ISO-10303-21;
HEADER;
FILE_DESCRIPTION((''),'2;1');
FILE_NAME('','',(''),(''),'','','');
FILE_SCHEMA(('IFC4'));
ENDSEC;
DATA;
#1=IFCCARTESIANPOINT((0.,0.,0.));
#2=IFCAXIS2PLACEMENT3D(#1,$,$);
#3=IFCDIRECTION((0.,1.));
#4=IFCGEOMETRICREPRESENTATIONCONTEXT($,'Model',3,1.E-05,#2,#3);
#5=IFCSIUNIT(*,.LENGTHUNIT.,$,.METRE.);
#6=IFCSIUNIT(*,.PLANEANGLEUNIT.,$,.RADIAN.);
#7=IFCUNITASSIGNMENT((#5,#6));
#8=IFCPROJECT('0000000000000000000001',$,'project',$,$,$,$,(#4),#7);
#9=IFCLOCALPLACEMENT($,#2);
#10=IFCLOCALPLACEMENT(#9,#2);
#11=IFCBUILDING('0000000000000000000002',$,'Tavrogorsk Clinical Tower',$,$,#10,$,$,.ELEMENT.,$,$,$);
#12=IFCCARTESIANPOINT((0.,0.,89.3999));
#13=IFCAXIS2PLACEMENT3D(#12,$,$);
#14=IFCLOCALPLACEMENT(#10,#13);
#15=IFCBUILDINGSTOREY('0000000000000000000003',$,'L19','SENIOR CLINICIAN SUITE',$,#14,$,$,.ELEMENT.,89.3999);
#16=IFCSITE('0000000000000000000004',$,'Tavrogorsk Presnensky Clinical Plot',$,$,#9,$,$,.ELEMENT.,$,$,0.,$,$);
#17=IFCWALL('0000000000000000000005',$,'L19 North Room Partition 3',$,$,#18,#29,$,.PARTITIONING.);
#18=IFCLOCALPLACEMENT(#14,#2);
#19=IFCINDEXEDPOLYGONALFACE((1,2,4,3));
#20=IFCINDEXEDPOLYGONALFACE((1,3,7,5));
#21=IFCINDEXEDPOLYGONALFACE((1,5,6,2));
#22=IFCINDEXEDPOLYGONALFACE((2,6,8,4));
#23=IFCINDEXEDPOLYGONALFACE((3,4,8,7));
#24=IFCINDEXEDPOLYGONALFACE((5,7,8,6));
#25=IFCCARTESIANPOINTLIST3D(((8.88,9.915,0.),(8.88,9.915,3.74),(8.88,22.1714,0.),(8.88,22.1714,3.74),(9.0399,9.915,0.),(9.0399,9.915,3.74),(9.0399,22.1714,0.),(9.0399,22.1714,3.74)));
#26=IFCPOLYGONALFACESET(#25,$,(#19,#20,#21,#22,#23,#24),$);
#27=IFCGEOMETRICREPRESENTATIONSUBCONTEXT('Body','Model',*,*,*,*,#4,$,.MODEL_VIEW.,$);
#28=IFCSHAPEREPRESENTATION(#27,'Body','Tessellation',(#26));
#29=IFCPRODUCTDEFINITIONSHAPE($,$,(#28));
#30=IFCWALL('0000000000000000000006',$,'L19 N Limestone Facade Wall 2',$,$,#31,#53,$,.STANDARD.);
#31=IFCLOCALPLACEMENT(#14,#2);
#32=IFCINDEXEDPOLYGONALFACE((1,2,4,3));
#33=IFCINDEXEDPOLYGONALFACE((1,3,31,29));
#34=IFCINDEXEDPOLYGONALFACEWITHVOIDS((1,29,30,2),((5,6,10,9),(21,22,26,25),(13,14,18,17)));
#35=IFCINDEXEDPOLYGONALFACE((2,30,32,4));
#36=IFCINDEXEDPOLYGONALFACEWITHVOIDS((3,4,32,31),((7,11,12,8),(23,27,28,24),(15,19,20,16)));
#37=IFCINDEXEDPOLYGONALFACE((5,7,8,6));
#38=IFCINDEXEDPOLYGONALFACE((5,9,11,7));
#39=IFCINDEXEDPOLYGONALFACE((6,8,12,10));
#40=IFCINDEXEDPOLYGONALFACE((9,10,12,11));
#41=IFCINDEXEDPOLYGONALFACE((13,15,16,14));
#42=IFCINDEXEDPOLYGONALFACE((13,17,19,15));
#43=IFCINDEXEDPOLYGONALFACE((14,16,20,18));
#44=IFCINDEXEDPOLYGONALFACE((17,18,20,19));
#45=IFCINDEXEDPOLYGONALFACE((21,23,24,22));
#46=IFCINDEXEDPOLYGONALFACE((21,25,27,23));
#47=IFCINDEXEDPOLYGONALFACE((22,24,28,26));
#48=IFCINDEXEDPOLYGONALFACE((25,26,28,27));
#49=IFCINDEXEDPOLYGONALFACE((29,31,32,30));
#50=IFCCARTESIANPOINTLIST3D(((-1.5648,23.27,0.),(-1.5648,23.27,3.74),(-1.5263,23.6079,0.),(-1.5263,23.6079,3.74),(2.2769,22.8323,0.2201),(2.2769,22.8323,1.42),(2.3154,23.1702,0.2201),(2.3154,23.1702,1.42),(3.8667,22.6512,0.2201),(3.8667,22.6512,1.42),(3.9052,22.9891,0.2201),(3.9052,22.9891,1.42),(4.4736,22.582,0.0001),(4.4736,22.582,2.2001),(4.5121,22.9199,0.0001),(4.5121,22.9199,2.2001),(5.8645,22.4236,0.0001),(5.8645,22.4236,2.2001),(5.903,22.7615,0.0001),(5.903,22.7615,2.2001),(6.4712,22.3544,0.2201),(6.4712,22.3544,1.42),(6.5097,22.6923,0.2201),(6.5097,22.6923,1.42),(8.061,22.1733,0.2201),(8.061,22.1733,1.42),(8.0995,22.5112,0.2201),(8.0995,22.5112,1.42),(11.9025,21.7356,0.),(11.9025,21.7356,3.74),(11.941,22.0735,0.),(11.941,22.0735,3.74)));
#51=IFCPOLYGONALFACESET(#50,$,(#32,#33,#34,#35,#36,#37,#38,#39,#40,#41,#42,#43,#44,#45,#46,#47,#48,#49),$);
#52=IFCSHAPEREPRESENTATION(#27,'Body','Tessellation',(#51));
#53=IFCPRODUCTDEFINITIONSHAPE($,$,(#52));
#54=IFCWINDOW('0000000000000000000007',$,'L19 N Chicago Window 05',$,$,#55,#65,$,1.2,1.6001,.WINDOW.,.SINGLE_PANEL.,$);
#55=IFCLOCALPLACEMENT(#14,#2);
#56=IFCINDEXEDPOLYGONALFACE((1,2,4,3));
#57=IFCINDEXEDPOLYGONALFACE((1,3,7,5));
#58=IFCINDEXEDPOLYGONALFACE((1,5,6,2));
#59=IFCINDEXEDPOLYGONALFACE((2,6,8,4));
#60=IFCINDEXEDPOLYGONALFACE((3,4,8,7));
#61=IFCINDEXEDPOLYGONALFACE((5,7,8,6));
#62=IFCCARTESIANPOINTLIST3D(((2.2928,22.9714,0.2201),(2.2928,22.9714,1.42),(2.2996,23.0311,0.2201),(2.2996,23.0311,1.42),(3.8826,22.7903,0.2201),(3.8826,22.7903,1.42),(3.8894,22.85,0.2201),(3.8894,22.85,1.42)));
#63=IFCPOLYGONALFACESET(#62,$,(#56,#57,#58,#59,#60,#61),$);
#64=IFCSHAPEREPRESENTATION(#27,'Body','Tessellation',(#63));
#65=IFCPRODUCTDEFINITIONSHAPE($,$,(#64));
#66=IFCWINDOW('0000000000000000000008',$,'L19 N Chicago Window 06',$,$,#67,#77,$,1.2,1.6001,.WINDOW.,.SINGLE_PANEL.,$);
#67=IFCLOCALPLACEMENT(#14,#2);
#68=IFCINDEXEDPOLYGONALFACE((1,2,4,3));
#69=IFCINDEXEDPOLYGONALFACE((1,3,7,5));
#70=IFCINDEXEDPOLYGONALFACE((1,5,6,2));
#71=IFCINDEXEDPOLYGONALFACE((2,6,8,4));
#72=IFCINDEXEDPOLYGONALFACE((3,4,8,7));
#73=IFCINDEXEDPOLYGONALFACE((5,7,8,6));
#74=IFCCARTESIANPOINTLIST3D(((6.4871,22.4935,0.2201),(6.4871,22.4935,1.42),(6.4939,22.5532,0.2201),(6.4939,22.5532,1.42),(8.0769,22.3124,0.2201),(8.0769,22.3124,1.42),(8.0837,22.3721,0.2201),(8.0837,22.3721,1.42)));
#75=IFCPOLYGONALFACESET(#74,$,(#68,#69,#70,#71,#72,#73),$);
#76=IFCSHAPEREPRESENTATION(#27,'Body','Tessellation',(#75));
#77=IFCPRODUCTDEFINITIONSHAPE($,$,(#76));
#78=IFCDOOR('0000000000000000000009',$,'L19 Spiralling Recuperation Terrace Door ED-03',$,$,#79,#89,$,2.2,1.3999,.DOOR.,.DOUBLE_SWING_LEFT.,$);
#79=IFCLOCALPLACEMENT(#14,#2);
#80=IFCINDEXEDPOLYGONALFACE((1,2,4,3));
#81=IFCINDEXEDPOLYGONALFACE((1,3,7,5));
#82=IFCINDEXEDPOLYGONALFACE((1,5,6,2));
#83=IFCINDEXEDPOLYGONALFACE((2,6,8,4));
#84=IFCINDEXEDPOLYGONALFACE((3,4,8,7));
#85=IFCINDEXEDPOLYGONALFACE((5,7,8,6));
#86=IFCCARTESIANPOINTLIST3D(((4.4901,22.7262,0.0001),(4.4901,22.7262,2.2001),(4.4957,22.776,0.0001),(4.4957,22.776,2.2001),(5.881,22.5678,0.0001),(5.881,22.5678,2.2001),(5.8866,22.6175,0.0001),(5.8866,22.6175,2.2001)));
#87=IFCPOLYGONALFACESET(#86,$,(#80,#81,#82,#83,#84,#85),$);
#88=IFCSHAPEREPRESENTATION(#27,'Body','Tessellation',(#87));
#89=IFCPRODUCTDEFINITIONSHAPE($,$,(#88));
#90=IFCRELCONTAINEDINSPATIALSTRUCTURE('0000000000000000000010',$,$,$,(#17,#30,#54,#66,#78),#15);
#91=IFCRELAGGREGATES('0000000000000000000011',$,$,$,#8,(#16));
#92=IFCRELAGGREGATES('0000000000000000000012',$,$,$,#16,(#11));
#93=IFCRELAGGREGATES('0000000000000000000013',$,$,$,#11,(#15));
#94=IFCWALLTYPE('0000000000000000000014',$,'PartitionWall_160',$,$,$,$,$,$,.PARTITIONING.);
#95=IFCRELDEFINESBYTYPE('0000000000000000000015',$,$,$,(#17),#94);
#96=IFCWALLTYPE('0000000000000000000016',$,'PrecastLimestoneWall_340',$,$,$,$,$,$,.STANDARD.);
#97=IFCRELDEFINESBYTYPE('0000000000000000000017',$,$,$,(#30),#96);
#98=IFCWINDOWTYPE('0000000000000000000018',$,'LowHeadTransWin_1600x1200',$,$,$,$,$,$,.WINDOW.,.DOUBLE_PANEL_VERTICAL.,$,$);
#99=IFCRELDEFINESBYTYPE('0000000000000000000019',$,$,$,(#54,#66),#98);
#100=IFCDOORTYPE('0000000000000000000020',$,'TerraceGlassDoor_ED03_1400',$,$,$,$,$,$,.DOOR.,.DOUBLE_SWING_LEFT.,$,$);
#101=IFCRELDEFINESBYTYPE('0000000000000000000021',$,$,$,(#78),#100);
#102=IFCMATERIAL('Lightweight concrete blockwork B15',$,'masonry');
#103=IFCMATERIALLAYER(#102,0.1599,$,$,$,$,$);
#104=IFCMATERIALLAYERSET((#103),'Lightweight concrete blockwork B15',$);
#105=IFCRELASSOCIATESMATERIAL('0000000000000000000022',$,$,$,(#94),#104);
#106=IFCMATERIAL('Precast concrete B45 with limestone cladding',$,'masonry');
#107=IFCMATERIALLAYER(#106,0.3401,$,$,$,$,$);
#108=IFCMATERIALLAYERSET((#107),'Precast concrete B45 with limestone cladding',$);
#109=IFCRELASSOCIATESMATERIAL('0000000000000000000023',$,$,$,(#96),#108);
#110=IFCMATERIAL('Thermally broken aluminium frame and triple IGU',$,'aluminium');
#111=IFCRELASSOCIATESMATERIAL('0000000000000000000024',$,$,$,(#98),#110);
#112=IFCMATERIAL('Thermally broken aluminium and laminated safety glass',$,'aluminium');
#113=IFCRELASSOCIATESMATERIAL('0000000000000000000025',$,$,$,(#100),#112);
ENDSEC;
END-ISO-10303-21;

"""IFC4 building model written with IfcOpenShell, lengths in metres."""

from ifc_helpers import new_model, si_unit, direction, frame, frame_2d, origin, place, context, subcontext, project, spatial, rectangle, extrude, material, layer, layer_set, type_object, element, fill, save


model = new_model("IFC4")

# Units and contexts
model_context = context("Model", 3, precision=1e-05, world=origin(), true_north=direction((0.0, 1.0)))
body_context = subcontext(model_context, "Body", "Model", "MODEL_VIEW")
ifc_project = project(units=[si_unit("LENGTHUNIT", "METRE"), si_unit("PLANEANGLEUNIT", "RADIAN")], contexts=[model_context])

# Site, building, storey
site_placement = place(None, origin())
site = spatial("IfcSite", under=ifc_project, at=site_placement, Name="Tavrogorsk Presnensky Clinical Plot", CompositionType="ELEMENT", RefElevation=0.0)
building_placement = place(site_placement, origin())
building = spatial("IfcBuilding", under=site, at=building_placement, Name="Tavrogorsk Clinical Tower", CompositionType="ELEMENT")
storey_placement = place(building_placement, frame((0.0, 0.0, 89.3999)))
storey = spatial("IfcBuildingStorey", under=building, at=storey_placement, Name="L19", Description="SENIOR CLINICIAN SUITE", CompositionType="ELEMENT", Elevation=89.3999)

# Shared definitions
ifc_material_1 = material(Name="Lightweight concrete blockwork B15", Category="masonry")
ifc_layer_1 = layer(ifc_material_1, 0.1599)
ifc_layer_set_1 = layer_set([ifc_layer_1], Name="Lightweight concrete blockwork B15")
wall_type_1 = type_object("IfcWallType", Name="PartitionWall_160", PredefinedType="PARTITIONING", material=ifc_layer_set_1)

# Wall
wall_1_placement = place(storey_placement, frame((8.96, 9.915, 0.0), z_axis=(0.0, 0.0, 1.0), x_axis=(0.0, 1.0, 0.0)))
element("IfcWall", 1, at=wall_1_placement, inside=storey, type_object=wall_type_1, Name="L19 North Room Partition 3", PredefinedType="PARTITIONING", context=body_context, shape_type="SweptSolid", body=[
    extrude(rectangle(XDim=12.2563, YDim=0.1599, at=frame_2d((6.1282, 0.0))), origin(), (0.0, 0.0, 1.0), 3.74),
])

# Wall, openings, windows, door
ifc_material_2 = material(Name="Precast concrete B45 with limestone cladding", Category="masonry")
ifc_layer_2 = layer(ifc_material_2, 0.3401)
ifc_layer_set_2 = layer_set([ifc_layer_2], Name="Precast concrete B45 with limestone cladding")
wall_type_2 = type_object("IfcWallType", Name="PrecastLimestoneWall_340", PredefinedType="STANDARD", material=ifc_layer_set_2)
wall_2_placement = place(storey_placement, frame((11.9219, 21.9045, 0.0), z_axis=(0.0, 0.0, 1.0), x_axis=(-0.993572, 0.113205, 0.0)))
wall_2 = element("IfcWall", 2, at=wall_2_placement, inside=storey, type_object=wall_type_2, Name="L19 N Limestone Facade Wall 2", PredefinedType="STANDARD", context=body_context, shape_type="SweptSolid", body=[
    extrude(rectangle(XDim=13.5544, YDim=0.3401, at=frame_2d((6.7773, 0.0))), origin(), (0.0, 0.0, 1.0), 3.74),
])
opening_1_placement = place(wall_2_placement, frame((6.0771, 0.0, 0.0)))
opening_1 = element("IfcOpeningElement", 3, at=opening_1_placement, cuts=wall_2, PredefinedType="OPENING", context=body_context, shape_type="SweptSolid", body=[
    extrude(rectangle(XDim=1.3999, YDim=2.2, at=frame_2d((0.7, 1.1001))), frame((0.0, 0.1799, 0.0), z_axis=(0.0, -1.0, 0.0), x_axis=(1.0, 0.0, 0.0)), (0.0, 0.0, 1.0), 0.3601),
])
opening_2_placement = place(wall_2_placement, frame((8.0879, 0.0, 0.22)))
opening_2 = element("IfcOpeningElement", 4, at=opening_2_placement, cuts=wall_2, PredefinedType="OPENING", context=body_context, shape_type="SweptSolid", body=[
    extrude(rectangle(XDim=1.6001, YDim=1.2, at=frame_2d((0.8, 0.6001))), frame((0.0, 0.1799, 0.0), z_axis=(0.0, -1.0, 0.0), x_axis=(1.0, 0.0, 0.0)), (0.0, 0.0, 1.0), 0.3601),
])
opening_3_placement = place(wall_2_placement, frame((3.8665, 0.0, 0.22)))
opening_3 = element("IfcOpeningElement", 5, at=opening_3_placement, cuts=wall_2, PredefinedType="OPENING", context=body_context, shape_type="SweptSolid", body=[
    extrude(rectangle(XDim=1.6001, YDim=1.2, at=frame_2d((0.8, 0.6001))), frame((0.0, 0.1799, 0.0), z_axis=(0.0, -1.0, 0.0), x_axis=(1.0, 0.0, 0.0)), (0.0, 0.0, 1.0), 0.3601),
])
ifc_material_3 = material(Name="Thermally broken aluminium frame and triple IGU", Category="aluminium")
window_type = type_object("IfcWindowType", Name="LowHeadTransWin_1600x1200", PartitioningType="DOUBLE_PANEL_VERTICAL", PredefinedType="WINDOW", material=ifc_material_3)
window_1_placement = place(opening_2_placement, origin())
window_1 = element("IfcWindow", 6, at=window_1_placement, inside=storey, type_object=window_type, Name="L19 N Chicago Window 05", OverallHeight=1.2, OverallWidth=1.6001, PartitioningType="SINGLE_PANEL", PredefinedType="WINDOW", context=body_context, shape_type="SweptSolid", body=[
    extrude(rectangle(XDim=1.6001, YDim=1.2, at=frame_2d((0.8, 0.6001))), frame((0.0, 0.03, 0.0), z_axis=(0.0, -1.0, 0.0), x_axis=(1.0, 0.0, 0.0)), (0.0, 0.0, 1.0), 0.0601),
])
fill(opening_2, window_1)
window_2_placement = place(opening_3_placement, origin())
window_2 = element("IfcWindow", 7, at=window_2_placement, inside=storey, type_object=window_type, Name="L19 N Chicago Window 06", OverallHeight=1.2, OverallWidth=1.6001, PartitioningType="SINGLE_PANEL", PredefinedType="WINDOW", context=body_context, shape_type="SweptSolid", body=[
    extrude(rectangle(XDim=1.6001, YDim=1.2, at=frame_2d((0.8, 0.6001))), frame((0.0, 0.03, 0.0), z_axis=(0.0, -1.0, 0.0), x_axis=(1.0, 0.0, 0.0)), (0.0, 0.0, 1.0), 0.0601),
])
fill(opening_3, window_2)
ifc_material_4 = material(Name="Thermally broken aluminium and laminated safety glass", Category="aluminium")
door_type_1 = type_object("IfcDoorType", Name="TerraceGlassDoor_ED03_1400", OperationType="DOUBLE_SWING_LEFT", PredefinedType="DOOR", material=ifc_material_4)
door_1_placement = place(opening_1_placement, origin())
door_1 = element("IfcDoor", 8, at=door_1_placement, inside=storey, type_object=door_type_1, Name="L19 Spiralling Recuperation Terrace Door ED-03", OperationType="DOUBLE_SWING_LEFT", OverallHeight=2.2, OverallWidth=1.3999, PredefinedType="DOOR", context=body_context, shape_type="SweptSolid", body=[
    extrude(rectangle(XDim=1.3999, YDim=2.2, at=frame_2d((0.7, 1.1001))), frame((0.0, 0.0249, 0.0), z_axis=(0.0, -1.0, 0.0), x_axis=(1.0, 0.0, 0.0)), (0.0, 0.0, 1.0), 0.05),
])
fill(opening_1, door_1)

save(model, "model.ifc")
